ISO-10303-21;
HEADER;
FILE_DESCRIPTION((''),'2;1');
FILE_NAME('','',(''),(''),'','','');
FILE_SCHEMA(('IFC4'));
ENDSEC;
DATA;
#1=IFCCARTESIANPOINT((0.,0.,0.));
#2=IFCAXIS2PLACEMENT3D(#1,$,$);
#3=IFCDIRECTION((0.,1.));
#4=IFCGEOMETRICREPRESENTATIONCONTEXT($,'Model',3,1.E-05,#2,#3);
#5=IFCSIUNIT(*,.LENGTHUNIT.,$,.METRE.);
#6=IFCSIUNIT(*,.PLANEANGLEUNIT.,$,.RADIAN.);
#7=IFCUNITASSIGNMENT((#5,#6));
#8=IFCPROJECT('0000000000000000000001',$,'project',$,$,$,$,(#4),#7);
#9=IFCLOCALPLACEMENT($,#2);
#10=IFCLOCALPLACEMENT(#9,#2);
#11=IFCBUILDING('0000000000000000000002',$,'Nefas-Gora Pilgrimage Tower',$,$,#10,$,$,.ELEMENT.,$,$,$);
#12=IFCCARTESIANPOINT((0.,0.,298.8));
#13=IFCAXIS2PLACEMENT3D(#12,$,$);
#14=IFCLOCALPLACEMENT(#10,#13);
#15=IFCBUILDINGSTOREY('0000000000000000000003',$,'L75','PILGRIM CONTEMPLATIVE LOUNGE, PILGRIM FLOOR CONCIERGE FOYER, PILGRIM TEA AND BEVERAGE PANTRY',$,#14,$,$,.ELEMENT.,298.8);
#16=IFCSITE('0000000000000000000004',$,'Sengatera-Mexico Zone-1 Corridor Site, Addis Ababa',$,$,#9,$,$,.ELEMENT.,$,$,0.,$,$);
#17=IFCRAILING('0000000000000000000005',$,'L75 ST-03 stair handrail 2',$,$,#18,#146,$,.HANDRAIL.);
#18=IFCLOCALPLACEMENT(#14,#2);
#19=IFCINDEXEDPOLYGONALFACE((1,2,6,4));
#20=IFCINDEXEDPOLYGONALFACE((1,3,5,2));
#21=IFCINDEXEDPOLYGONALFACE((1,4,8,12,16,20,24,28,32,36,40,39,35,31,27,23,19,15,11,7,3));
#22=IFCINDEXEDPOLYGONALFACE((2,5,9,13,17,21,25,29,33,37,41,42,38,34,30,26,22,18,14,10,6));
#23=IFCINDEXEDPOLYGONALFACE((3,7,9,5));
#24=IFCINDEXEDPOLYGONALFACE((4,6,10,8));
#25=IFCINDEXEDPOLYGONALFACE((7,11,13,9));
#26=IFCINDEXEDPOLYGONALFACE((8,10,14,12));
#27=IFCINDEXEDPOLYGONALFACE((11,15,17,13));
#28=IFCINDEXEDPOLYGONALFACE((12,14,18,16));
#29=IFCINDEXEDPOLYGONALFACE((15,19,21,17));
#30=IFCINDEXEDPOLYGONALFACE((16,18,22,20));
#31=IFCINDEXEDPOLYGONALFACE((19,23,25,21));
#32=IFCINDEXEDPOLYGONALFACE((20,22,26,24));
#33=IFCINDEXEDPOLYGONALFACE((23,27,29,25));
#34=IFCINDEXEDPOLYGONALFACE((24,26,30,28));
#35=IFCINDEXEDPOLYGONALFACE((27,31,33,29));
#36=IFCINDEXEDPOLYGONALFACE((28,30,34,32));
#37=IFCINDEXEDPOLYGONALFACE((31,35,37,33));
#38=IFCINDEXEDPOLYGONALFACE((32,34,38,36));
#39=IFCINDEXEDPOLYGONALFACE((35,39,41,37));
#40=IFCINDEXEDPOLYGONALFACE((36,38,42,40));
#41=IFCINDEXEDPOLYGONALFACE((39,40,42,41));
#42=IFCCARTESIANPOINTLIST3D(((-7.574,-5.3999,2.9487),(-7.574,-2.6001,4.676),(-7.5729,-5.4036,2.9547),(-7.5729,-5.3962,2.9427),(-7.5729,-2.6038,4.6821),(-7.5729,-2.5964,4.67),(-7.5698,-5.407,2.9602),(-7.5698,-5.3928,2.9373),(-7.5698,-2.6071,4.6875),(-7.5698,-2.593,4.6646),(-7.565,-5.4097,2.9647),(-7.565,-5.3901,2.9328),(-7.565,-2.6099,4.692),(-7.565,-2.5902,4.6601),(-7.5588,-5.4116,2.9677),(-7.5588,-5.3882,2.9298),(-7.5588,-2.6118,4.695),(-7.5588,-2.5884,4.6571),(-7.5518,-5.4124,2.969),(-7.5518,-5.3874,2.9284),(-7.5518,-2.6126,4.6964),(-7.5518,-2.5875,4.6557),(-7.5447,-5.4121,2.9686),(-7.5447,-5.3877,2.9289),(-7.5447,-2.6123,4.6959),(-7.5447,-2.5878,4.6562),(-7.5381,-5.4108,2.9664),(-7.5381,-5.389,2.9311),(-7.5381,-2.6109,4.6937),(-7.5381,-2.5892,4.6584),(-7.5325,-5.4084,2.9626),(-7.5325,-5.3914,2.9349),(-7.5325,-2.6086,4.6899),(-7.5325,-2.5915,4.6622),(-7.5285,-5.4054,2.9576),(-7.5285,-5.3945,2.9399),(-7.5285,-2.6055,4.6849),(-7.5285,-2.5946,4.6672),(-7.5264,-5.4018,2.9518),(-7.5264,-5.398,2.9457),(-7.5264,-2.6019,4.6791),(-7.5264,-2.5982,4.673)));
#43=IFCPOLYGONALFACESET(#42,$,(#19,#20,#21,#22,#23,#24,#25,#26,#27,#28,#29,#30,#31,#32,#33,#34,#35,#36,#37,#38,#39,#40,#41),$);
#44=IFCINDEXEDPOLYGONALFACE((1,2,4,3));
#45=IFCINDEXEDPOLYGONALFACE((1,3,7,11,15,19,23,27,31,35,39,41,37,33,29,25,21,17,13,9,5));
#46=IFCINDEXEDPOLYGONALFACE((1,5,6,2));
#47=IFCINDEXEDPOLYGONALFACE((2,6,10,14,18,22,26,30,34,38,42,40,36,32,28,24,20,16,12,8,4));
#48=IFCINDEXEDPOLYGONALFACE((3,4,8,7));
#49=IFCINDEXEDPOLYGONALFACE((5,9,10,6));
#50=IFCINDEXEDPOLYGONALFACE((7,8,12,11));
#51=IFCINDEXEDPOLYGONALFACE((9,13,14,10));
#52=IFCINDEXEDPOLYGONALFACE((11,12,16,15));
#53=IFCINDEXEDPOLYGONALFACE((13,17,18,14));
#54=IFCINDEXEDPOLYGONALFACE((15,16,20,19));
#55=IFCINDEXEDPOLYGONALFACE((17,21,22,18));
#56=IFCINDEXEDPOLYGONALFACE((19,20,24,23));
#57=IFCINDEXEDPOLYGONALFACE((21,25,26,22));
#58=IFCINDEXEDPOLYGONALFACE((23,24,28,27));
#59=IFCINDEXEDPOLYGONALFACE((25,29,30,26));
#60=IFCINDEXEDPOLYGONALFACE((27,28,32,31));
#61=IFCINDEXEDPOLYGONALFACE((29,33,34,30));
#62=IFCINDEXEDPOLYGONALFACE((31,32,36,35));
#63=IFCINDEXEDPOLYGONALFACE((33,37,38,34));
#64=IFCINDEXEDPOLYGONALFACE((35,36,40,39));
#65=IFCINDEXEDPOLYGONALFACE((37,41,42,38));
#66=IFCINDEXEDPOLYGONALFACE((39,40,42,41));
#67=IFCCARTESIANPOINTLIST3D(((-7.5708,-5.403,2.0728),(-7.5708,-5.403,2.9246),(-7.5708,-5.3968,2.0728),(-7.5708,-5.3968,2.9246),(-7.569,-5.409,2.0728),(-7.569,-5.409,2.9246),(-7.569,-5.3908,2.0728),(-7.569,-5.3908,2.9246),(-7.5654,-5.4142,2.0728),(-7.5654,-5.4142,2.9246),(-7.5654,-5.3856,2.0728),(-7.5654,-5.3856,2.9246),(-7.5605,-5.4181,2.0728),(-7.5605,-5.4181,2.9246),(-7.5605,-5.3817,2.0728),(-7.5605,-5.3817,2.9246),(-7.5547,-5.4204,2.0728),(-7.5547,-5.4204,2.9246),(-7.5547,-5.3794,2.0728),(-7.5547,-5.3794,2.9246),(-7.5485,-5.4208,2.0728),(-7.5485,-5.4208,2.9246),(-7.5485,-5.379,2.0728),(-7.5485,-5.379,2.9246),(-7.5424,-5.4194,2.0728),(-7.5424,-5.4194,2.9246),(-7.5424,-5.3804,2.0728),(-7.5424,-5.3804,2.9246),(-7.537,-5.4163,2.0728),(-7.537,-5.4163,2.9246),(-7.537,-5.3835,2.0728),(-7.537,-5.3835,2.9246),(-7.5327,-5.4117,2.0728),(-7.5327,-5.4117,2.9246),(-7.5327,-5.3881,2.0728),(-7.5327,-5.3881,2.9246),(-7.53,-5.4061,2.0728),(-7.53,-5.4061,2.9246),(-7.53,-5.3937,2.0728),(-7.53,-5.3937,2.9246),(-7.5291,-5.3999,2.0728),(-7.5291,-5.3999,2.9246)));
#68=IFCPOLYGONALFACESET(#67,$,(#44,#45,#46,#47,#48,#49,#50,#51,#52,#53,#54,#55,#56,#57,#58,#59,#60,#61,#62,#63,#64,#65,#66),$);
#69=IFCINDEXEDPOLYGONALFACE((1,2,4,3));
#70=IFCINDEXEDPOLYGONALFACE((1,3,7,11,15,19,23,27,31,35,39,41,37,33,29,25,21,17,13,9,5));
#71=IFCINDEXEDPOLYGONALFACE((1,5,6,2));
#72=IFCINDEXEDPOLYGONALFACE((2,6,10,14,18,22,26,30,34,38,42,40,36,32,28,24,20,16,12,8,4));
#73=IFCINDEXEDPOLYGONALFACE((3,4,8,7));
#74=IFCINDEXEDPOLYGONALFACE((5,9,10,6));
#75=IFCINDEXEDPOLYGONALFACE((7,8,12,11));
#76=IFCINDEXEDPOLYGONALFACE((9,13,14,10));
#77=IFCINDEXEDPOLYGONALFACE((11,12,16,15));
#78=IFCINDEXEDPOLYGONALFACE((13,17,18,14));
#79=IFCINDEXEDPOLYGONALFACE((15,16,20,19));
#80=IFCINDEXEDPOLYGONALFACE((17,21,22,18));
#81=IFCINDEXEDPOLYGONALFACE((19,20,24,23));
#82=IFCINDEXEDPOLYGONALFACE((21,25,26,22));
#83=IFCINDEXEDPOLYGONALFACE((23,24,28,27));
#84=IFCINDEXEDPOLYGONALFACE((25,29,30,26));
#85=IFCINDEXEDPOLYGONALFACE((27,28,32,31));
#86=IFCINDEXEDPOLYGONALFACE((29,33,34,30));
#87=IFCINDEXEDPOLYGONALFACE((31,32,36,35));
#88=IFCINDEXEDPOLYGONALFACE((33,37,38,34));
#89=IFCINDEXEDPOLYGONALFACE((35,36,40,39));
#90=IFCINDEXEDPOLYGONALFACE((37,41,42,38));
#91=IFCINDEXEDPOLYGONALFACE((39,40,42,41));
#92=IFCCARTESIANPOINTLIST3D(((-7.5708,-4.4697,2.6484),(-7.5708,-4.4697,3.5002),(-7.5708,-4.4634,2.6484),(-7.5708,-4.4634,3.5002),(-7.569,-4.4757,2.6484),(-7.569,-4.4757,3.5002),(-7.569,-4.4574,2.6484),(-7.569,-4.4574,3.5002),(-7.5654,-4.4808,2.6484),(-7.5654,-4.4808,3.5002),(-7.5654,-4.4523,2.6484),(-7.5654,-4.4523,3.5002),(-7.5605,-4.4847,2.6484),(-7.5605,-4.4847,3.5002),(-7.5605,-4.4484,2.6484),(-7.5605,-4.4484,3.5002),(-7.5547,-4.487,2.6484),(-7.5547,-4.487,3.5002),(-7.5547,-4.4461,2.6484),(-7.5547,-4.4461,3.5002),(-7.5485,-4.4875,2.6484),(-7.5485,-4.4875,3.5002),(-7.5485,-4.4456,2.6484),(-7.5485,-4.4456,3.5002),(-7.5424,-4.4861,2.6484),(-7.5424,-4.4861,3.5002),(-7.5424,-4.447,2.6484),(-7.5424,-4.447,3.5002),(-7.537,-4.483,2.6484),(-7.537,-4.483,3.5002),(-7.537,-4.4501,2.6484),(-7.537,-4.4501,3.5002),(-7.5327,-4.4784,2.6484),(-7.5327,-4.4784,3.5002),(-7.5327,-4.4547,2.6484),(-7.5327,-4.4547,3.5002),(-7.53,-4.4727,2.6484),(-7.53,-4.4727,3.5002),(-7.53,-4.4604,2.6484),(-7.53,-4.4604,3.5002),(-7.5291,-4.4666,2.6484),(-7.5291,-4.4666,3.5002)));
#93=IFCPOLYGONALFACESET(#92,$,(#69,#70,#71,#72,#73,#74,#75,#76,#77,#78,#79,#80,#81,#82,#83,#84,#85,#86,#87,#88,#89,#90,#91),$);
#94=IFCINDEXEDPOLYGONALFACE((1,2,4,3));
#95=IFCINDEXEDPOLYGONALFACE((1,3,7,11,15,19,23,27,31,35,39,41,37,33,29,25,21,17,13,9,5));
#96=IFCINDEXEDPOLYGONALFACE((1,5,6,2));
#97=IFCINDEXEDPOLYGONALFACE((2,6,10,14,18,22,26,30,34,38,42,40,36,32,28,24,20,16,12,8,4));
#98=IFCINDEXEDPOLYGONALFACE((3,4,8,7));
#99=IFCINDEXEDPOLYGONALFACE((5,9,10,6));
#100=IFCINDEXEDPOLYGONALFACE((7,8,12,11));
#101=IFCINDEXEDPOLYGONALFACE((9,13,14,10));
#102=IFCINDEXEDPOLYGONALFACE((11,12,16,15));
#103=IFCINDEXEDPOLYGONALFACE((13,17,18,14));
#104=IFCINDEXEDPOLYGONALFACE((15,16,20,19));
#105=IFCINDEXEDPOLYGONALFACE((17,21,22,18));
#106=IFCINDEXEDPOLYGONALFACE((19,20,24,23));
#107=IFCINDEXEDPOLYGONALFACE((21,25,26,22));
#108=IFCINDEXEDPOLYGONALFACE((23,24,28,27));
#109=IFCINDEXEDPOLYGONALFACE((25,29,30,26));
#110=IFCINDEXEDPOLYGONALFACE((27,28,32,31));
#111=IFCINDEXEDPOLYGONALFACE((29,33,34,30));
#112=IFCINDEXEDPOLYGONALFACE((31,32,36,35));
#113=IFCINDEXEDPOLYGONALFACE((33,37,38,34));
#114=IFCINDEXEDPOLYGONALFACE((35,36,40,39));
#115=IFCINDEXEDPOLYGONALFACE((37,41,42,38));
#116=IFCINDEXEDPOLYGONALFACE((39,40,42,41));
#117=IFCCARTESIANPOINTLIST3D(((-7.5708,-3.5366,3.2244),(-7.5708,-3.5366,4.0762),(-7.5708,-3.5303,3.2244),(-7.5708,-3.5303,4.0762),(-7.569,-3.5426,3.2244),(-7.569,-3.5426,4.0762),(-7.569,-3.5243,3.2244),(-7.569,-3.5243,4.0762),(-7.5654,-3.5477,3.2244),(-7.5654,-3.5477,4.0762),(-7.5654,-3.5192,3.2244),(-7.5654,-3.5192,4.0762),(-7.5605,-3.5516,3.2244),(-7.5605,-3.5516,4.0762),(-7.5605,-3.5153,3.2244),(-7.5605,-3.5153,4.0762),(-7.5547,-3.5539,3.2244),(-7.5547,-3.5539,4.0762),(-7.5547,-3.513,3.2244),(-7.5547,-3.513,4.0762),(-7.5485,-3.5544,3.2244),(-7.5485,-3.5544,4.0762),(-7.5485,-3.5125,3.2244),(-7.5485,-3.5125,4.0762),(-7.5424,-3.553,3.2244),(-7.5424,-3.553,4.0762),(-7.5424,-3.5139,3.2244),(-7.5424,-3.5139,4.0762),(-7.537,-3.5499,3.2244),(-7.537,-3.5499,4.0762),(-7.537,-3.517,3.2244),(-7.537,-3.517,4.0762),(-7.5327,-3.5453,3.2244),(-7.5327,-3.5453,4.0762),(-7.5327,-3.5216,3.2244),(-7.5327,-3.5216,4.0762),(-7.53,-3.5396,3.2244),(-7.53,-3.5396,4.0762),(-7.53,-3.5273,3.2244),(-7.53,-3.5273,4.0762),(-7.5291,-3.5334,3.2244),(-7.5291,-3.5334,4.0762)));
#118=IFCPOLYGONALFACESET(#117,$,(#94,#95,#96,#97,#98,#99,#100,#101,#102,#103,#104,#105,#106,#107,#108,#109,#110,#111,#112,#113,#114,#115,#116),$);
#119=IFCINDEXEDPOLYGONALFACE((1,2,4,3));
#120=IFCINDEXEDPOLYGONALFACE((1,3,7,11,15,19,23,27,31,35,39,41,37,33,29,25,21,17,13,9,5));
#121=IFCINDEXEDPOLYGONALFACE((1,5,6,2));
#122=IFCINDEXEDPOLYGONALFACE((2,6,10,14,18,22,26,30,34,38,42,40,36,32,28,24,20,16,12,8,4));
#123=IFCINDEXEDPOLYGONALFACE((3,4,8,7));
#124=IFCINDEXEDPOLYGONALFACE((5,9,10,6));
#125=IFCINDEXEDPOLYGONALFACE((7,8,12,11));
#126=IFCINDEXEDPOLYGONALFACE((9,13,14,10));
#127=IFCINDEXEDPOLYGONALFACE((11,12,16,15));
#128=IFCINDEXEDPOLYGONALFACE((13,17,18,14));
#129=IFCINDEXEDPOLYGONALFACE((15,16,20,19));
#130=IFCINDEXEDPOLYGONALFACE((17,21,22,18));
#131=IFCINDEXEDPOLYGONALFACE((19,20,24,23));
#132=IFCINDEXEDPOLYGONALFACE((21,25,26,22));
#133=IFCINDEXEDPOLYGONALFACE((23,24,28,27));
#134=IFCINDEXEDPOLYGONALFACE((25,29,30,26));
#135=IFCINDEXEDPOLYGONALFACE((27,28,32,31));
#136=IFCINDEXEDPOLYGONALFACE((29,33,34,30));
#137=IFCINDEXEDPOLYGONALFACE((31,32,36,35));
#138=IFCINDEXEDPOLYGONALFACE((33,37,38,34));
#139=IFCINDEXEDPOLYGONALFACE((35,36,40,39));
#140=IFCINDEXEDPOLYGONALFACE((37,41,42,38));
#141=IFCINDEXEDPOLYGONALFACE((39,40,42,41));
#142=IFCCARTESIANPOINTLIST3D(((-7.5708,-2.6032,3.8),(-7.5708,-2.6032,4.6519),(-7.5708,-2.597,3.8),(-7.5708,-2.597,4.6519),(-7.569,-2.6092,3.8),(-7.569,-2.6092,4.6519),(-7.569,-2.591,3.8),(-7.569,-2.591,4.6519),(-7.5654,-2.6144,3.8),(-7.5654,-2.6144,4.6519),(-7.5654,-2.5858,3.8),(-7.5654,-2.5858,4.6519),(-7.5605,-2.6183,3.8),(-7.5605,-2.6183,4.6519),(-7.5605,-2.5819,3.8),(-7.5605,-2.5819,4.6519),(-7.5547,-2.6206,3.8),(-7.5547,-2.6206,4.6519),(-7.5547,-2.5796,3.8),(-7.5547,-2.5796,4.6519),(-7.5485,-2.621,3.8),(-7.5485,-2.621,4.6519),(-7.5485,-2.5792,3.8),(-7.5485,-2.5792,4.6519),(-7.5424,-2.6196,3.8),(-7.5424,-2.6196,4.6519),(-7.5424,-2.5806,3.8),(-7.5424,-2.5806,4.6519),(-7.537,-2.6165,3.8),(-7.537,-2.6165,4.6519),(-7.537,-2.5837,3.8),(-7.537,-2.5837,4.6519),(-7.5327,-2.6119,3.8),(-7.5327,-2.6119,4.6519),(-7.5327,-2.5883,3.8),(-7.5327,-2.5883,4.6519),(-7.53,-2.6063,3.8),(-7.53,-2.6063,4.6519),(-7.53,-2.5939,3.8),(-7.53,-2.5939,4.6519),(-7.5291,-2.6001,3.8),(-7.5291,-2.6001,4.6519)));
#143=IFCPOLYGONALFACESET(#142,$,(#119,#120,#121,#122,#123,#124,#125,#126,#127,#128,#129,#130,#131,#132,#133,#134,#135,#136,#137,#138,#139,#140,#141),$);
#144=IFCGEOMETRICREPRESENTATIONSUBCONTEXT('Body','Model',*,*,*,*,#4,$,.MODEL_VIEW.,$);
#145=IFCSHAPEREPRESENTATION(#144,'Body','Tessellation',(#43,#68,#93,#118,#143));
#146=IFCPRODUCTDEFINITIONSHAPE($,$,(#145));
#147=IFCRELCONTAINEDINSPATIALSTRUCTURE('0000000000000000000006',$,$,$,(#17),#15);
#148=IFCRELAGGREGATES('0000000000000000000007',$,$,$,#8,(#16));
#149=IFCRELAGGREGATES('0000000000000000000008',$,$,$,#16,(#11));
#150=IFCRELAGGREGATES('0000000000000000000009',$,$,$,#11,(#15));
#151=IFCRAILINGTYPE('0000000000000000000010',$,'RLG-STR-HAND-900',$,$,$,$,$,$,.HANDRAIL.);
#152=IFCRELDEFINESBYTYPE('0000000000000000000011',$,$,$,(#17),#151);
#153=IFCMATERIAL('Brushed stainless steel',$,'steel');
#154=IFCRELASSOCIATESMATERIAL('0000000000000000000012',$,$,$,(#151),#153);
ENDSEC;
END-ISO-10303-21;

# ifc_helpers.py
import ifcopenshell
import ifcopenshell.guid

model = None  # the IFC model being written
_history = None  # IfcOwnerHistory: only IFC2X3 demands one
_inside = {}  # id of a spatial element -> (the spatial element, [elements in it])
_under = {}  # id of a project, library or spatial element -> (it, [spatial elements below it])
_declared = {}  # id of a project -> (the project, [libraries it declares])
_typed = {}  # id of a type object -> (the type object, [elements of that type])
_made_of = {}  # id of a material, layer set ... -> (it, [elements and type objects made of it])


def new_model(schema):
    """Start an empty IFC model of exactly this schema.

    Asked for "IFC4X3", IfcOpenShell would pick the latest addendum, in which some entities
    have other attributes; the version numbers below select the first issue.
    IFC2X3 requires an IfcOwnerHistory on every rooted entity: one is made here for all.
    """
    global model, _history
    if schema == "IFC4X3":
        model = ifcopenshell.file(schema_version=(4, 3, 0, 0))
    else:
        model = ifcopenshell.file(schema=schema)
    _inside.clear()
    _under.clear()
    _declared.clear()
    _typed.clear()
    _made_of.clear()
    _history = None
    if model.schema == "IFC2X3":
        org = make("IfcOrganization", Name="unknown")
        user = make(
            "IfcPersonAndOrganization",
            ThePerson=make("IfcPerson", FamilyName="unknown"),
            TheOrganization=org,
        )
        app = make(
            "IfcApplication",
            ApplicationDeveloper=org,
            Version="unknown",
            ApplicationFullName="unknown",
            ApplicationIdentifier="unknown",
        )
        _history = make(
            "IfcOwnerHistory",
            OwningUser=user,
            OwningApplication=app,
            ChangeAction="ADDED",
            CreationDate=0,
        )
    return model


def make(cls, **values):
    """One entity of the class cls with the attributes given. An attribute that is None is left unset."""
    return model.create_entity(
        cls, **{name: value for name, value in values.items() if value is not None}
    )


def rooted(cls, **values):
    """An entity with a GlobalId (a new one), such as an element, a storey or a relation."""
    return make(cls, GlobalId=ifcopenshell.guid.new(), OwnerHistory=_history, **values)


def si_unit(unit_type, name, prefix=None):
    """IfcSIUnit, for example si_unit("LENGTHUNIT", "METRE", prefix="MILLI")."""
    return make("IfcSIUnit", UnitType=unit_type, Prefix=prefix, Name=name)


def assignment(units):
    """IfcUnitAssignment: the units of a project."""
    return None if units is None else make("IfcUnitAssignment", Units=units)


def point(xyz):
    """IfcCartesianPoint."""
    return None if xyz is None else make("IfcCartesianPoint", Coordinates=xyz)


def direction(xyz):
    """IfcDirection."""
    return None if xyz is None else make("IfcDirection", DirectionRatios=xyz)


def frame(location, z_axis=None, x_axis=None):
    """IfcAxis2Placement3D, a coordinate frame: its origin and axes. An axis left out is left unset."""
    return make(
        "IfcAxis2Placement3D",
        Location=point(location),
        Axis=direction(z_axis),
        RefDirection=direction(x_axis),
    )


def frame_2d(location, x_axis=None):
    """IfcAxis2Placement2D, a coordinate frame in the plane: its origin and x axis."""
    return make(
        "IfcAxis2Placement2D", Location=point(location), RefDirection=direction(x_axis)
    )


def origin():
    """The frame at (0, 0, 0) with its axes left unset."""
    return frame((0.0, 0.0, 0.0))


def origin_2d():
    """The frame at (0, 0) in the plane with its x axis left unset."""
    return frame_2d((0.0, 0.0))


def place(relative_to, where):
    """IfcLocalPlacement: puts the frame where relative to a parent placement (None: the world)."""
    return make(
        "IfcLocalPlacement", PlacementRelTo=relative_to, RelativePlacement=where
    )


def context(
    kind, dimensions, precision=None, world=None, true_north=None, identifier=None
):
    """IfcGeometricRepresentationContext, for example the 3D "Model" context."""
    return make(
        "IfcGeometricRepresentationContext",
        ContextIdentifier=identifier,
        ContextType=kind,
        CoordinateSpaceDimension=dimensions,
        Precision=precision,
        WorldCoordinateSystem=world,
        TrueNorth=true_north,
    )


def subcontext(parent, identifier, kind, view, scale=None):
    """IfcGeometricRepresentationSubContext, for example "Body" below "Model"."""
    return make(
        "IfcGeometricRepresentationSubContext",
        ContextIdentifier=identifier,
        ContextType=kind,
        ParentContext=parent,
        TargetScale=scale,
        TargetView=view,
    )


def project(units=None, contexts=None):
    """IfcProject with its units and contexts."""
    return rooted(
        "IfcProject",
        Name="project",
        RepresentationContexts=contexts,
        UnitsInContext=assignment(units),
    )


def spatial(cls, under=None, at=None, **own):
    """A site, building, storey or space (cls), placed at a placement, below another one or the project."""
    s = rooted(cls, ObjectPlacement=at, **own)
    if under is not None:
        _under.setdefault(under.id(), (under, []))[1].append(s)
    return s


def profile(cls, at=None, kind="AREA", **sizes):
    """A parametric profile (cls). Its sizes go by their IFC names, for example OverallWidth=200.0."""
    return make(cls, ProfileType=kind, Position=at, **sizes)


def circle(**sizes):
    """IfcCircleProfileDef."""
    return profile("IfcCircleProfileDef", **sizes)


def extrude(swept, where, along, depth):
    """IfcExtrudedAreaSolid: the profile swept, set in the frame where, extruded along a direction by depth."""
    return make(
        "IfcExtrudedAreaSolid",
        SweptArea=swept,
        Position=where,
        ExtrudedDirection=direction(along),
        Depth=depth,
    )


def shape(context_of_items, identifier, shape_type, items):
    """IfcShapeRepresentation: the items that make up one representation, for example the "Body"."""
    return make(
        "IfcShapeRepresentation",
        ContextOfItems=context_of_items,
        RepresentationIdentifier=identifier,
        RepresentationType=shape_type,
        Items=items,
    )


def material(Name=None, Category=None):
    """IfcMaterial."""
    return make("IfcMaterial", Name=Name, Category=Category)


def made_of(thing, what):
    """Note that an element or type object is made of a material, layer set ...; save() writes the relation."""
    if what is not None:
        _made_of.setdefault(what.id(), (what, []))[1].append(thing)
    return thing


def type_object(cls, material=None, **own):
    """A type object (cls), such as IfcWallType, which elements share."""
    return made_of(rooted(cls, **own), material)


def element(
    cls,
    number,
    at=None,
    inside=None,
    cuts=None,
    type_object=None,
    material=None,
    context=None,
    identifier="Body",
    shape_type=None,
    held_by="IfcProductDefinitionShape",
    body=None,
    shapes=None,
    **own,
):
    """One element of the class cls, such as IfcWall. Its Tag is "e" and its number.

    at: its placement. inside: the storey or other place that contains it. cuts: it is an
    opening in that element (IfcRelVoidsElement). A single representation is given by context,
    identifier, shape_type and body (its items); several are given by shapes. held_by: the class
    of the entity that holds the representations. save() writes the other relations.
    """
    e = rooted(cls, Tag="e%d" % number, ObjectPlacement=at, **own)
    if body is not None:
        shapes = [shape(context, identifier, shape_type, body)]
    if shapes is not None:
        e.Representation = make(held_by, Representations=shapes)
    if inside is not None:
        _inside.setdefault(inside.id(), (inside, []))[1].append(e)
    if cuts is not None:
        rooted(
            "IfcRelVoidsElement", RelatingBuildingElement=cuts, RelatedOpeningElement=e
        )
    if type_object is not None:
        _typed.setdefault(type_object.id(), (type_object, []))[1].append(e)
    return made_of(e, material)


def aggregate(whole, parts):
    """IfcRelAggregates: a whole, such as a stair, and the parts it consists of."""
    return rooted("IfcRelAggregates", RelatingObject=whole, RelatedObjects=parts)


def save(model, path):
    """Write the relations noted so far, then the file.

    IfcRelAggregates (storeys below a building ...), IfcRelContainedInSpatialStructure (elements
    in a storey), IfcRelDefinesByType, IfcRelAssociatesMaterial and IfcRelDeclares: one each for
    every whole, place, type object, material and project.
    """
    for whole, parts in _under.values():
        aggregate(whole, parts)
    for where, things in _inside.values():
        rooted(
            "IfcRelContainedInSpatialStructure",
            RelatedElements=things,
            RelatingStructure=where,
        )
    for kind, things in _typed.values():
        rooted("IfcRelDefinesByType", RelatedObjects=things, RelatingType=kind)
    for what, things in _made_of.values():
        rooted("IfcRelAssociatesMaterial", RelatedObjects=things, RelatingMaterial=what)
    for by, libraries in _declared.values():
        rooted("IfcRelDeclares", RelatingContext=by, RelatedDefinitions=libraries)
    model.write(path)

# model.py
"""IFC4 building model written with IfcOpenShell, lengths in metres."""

from ifc_helpers import new_model, si_unit, direction, frame, origin, origin_2d, place, context, subcontext, project, spatial, circle, extrude, material, type_object, element, save


model = new_model("IFC4")

# Units and contexts
model_context = context("Model", 3, precision=1e-05, world=origin(), true_north=direction((0.0, 1.0)))
body_context = subcontext(model_context, "Body", "Model", "MODEL_VIEW")
ifc_project = project(units=[si_unit("LENGTHUNIT", "METRE"), si_unit("PLANEANGLEUNIT", "RADIAN")], contexts=[model_context])

# Site, building, storey
site_placement = place(None, origin())
site = spatial("IfcSite", under=ifc_project, at=site_placement, Name="Sengatera-Mexico Zone-1 Corridor Site, Addis Ababa", CompositionType="ELEMENT", RefElevation=0.0)
building_placement = place(site_placement, origin())
building = spatial("IfcBuilding", under=site, at=building_placement, Name="Nefas-Gora Pilgrimage Tower", CompositionType="ELEMENT")
storey_placement = place(building_placement, frame((0.0, 0.0, 298.8)))
storey = spatial("IfcBuildingStorey", under=building, at=storey_placement, Name="L75", Description="PILGRIM CONTEMPLATIVE LOUNGE, PILGRIM FLOOR CONCIERGE FOYER, PILGRIM TEA AND BEVERAGE PANTRY", CompositionType="ELEMENT", Elevation=298.8)

# Railing
ifc_material_1 = material(Name="Brushed stainless steel", Category="steel")
railing_type_1 = type_object("IfcRailingType", Name="RLG-STR-HAND-900", PredefinedType="HANDRAIL", material=ifc_material_1)
railing_1_placement = place(storey_placement, frame((-7.55, -5.3999, 2.0728)))
element("IfcRailing", 1, at=railing_1_placement, inside=storey, type_object=railing_type_1, Name="L75 ST-03 stair handrail 2", PredefinedType="HANDRAIL", context=body_context, shape_type="SweptSolid", body=[
    extrude(circle(Radius=0.0239, at=origin_2d()), frame((0.0, 0.0, 0.876), z_axis=(0.0, 0.851069, 0.525054), x_axis=(-1.0, 0.0, 0.0)), (0.0, 0.0, 1.0), 3.2898),
    extrude(circle(Radius=0.021, at=origin_2d()), origin(), (0.0, 0.0, 1.0), 0.8518),
    extrude(circle(Radius=0.021, at=origin_2d()), frame((0.0, 0.9333, 0.5757)), (0.0, 0.0, 1.0), 0.8518),
    extrude(circle(Radius=0.021, at=origin_2d()), frame((0.0, 1.8665, 1.1516)), (0.0, 0.0, 1.0), 0.8518),
    extrude(circle(Radius=0.021, at=origin_2d()), frame((0.0, 2.7998, 1.7273)), (0.0, 0.0, 1.0), 0.8518),
])

save(model, "model.ifc")
